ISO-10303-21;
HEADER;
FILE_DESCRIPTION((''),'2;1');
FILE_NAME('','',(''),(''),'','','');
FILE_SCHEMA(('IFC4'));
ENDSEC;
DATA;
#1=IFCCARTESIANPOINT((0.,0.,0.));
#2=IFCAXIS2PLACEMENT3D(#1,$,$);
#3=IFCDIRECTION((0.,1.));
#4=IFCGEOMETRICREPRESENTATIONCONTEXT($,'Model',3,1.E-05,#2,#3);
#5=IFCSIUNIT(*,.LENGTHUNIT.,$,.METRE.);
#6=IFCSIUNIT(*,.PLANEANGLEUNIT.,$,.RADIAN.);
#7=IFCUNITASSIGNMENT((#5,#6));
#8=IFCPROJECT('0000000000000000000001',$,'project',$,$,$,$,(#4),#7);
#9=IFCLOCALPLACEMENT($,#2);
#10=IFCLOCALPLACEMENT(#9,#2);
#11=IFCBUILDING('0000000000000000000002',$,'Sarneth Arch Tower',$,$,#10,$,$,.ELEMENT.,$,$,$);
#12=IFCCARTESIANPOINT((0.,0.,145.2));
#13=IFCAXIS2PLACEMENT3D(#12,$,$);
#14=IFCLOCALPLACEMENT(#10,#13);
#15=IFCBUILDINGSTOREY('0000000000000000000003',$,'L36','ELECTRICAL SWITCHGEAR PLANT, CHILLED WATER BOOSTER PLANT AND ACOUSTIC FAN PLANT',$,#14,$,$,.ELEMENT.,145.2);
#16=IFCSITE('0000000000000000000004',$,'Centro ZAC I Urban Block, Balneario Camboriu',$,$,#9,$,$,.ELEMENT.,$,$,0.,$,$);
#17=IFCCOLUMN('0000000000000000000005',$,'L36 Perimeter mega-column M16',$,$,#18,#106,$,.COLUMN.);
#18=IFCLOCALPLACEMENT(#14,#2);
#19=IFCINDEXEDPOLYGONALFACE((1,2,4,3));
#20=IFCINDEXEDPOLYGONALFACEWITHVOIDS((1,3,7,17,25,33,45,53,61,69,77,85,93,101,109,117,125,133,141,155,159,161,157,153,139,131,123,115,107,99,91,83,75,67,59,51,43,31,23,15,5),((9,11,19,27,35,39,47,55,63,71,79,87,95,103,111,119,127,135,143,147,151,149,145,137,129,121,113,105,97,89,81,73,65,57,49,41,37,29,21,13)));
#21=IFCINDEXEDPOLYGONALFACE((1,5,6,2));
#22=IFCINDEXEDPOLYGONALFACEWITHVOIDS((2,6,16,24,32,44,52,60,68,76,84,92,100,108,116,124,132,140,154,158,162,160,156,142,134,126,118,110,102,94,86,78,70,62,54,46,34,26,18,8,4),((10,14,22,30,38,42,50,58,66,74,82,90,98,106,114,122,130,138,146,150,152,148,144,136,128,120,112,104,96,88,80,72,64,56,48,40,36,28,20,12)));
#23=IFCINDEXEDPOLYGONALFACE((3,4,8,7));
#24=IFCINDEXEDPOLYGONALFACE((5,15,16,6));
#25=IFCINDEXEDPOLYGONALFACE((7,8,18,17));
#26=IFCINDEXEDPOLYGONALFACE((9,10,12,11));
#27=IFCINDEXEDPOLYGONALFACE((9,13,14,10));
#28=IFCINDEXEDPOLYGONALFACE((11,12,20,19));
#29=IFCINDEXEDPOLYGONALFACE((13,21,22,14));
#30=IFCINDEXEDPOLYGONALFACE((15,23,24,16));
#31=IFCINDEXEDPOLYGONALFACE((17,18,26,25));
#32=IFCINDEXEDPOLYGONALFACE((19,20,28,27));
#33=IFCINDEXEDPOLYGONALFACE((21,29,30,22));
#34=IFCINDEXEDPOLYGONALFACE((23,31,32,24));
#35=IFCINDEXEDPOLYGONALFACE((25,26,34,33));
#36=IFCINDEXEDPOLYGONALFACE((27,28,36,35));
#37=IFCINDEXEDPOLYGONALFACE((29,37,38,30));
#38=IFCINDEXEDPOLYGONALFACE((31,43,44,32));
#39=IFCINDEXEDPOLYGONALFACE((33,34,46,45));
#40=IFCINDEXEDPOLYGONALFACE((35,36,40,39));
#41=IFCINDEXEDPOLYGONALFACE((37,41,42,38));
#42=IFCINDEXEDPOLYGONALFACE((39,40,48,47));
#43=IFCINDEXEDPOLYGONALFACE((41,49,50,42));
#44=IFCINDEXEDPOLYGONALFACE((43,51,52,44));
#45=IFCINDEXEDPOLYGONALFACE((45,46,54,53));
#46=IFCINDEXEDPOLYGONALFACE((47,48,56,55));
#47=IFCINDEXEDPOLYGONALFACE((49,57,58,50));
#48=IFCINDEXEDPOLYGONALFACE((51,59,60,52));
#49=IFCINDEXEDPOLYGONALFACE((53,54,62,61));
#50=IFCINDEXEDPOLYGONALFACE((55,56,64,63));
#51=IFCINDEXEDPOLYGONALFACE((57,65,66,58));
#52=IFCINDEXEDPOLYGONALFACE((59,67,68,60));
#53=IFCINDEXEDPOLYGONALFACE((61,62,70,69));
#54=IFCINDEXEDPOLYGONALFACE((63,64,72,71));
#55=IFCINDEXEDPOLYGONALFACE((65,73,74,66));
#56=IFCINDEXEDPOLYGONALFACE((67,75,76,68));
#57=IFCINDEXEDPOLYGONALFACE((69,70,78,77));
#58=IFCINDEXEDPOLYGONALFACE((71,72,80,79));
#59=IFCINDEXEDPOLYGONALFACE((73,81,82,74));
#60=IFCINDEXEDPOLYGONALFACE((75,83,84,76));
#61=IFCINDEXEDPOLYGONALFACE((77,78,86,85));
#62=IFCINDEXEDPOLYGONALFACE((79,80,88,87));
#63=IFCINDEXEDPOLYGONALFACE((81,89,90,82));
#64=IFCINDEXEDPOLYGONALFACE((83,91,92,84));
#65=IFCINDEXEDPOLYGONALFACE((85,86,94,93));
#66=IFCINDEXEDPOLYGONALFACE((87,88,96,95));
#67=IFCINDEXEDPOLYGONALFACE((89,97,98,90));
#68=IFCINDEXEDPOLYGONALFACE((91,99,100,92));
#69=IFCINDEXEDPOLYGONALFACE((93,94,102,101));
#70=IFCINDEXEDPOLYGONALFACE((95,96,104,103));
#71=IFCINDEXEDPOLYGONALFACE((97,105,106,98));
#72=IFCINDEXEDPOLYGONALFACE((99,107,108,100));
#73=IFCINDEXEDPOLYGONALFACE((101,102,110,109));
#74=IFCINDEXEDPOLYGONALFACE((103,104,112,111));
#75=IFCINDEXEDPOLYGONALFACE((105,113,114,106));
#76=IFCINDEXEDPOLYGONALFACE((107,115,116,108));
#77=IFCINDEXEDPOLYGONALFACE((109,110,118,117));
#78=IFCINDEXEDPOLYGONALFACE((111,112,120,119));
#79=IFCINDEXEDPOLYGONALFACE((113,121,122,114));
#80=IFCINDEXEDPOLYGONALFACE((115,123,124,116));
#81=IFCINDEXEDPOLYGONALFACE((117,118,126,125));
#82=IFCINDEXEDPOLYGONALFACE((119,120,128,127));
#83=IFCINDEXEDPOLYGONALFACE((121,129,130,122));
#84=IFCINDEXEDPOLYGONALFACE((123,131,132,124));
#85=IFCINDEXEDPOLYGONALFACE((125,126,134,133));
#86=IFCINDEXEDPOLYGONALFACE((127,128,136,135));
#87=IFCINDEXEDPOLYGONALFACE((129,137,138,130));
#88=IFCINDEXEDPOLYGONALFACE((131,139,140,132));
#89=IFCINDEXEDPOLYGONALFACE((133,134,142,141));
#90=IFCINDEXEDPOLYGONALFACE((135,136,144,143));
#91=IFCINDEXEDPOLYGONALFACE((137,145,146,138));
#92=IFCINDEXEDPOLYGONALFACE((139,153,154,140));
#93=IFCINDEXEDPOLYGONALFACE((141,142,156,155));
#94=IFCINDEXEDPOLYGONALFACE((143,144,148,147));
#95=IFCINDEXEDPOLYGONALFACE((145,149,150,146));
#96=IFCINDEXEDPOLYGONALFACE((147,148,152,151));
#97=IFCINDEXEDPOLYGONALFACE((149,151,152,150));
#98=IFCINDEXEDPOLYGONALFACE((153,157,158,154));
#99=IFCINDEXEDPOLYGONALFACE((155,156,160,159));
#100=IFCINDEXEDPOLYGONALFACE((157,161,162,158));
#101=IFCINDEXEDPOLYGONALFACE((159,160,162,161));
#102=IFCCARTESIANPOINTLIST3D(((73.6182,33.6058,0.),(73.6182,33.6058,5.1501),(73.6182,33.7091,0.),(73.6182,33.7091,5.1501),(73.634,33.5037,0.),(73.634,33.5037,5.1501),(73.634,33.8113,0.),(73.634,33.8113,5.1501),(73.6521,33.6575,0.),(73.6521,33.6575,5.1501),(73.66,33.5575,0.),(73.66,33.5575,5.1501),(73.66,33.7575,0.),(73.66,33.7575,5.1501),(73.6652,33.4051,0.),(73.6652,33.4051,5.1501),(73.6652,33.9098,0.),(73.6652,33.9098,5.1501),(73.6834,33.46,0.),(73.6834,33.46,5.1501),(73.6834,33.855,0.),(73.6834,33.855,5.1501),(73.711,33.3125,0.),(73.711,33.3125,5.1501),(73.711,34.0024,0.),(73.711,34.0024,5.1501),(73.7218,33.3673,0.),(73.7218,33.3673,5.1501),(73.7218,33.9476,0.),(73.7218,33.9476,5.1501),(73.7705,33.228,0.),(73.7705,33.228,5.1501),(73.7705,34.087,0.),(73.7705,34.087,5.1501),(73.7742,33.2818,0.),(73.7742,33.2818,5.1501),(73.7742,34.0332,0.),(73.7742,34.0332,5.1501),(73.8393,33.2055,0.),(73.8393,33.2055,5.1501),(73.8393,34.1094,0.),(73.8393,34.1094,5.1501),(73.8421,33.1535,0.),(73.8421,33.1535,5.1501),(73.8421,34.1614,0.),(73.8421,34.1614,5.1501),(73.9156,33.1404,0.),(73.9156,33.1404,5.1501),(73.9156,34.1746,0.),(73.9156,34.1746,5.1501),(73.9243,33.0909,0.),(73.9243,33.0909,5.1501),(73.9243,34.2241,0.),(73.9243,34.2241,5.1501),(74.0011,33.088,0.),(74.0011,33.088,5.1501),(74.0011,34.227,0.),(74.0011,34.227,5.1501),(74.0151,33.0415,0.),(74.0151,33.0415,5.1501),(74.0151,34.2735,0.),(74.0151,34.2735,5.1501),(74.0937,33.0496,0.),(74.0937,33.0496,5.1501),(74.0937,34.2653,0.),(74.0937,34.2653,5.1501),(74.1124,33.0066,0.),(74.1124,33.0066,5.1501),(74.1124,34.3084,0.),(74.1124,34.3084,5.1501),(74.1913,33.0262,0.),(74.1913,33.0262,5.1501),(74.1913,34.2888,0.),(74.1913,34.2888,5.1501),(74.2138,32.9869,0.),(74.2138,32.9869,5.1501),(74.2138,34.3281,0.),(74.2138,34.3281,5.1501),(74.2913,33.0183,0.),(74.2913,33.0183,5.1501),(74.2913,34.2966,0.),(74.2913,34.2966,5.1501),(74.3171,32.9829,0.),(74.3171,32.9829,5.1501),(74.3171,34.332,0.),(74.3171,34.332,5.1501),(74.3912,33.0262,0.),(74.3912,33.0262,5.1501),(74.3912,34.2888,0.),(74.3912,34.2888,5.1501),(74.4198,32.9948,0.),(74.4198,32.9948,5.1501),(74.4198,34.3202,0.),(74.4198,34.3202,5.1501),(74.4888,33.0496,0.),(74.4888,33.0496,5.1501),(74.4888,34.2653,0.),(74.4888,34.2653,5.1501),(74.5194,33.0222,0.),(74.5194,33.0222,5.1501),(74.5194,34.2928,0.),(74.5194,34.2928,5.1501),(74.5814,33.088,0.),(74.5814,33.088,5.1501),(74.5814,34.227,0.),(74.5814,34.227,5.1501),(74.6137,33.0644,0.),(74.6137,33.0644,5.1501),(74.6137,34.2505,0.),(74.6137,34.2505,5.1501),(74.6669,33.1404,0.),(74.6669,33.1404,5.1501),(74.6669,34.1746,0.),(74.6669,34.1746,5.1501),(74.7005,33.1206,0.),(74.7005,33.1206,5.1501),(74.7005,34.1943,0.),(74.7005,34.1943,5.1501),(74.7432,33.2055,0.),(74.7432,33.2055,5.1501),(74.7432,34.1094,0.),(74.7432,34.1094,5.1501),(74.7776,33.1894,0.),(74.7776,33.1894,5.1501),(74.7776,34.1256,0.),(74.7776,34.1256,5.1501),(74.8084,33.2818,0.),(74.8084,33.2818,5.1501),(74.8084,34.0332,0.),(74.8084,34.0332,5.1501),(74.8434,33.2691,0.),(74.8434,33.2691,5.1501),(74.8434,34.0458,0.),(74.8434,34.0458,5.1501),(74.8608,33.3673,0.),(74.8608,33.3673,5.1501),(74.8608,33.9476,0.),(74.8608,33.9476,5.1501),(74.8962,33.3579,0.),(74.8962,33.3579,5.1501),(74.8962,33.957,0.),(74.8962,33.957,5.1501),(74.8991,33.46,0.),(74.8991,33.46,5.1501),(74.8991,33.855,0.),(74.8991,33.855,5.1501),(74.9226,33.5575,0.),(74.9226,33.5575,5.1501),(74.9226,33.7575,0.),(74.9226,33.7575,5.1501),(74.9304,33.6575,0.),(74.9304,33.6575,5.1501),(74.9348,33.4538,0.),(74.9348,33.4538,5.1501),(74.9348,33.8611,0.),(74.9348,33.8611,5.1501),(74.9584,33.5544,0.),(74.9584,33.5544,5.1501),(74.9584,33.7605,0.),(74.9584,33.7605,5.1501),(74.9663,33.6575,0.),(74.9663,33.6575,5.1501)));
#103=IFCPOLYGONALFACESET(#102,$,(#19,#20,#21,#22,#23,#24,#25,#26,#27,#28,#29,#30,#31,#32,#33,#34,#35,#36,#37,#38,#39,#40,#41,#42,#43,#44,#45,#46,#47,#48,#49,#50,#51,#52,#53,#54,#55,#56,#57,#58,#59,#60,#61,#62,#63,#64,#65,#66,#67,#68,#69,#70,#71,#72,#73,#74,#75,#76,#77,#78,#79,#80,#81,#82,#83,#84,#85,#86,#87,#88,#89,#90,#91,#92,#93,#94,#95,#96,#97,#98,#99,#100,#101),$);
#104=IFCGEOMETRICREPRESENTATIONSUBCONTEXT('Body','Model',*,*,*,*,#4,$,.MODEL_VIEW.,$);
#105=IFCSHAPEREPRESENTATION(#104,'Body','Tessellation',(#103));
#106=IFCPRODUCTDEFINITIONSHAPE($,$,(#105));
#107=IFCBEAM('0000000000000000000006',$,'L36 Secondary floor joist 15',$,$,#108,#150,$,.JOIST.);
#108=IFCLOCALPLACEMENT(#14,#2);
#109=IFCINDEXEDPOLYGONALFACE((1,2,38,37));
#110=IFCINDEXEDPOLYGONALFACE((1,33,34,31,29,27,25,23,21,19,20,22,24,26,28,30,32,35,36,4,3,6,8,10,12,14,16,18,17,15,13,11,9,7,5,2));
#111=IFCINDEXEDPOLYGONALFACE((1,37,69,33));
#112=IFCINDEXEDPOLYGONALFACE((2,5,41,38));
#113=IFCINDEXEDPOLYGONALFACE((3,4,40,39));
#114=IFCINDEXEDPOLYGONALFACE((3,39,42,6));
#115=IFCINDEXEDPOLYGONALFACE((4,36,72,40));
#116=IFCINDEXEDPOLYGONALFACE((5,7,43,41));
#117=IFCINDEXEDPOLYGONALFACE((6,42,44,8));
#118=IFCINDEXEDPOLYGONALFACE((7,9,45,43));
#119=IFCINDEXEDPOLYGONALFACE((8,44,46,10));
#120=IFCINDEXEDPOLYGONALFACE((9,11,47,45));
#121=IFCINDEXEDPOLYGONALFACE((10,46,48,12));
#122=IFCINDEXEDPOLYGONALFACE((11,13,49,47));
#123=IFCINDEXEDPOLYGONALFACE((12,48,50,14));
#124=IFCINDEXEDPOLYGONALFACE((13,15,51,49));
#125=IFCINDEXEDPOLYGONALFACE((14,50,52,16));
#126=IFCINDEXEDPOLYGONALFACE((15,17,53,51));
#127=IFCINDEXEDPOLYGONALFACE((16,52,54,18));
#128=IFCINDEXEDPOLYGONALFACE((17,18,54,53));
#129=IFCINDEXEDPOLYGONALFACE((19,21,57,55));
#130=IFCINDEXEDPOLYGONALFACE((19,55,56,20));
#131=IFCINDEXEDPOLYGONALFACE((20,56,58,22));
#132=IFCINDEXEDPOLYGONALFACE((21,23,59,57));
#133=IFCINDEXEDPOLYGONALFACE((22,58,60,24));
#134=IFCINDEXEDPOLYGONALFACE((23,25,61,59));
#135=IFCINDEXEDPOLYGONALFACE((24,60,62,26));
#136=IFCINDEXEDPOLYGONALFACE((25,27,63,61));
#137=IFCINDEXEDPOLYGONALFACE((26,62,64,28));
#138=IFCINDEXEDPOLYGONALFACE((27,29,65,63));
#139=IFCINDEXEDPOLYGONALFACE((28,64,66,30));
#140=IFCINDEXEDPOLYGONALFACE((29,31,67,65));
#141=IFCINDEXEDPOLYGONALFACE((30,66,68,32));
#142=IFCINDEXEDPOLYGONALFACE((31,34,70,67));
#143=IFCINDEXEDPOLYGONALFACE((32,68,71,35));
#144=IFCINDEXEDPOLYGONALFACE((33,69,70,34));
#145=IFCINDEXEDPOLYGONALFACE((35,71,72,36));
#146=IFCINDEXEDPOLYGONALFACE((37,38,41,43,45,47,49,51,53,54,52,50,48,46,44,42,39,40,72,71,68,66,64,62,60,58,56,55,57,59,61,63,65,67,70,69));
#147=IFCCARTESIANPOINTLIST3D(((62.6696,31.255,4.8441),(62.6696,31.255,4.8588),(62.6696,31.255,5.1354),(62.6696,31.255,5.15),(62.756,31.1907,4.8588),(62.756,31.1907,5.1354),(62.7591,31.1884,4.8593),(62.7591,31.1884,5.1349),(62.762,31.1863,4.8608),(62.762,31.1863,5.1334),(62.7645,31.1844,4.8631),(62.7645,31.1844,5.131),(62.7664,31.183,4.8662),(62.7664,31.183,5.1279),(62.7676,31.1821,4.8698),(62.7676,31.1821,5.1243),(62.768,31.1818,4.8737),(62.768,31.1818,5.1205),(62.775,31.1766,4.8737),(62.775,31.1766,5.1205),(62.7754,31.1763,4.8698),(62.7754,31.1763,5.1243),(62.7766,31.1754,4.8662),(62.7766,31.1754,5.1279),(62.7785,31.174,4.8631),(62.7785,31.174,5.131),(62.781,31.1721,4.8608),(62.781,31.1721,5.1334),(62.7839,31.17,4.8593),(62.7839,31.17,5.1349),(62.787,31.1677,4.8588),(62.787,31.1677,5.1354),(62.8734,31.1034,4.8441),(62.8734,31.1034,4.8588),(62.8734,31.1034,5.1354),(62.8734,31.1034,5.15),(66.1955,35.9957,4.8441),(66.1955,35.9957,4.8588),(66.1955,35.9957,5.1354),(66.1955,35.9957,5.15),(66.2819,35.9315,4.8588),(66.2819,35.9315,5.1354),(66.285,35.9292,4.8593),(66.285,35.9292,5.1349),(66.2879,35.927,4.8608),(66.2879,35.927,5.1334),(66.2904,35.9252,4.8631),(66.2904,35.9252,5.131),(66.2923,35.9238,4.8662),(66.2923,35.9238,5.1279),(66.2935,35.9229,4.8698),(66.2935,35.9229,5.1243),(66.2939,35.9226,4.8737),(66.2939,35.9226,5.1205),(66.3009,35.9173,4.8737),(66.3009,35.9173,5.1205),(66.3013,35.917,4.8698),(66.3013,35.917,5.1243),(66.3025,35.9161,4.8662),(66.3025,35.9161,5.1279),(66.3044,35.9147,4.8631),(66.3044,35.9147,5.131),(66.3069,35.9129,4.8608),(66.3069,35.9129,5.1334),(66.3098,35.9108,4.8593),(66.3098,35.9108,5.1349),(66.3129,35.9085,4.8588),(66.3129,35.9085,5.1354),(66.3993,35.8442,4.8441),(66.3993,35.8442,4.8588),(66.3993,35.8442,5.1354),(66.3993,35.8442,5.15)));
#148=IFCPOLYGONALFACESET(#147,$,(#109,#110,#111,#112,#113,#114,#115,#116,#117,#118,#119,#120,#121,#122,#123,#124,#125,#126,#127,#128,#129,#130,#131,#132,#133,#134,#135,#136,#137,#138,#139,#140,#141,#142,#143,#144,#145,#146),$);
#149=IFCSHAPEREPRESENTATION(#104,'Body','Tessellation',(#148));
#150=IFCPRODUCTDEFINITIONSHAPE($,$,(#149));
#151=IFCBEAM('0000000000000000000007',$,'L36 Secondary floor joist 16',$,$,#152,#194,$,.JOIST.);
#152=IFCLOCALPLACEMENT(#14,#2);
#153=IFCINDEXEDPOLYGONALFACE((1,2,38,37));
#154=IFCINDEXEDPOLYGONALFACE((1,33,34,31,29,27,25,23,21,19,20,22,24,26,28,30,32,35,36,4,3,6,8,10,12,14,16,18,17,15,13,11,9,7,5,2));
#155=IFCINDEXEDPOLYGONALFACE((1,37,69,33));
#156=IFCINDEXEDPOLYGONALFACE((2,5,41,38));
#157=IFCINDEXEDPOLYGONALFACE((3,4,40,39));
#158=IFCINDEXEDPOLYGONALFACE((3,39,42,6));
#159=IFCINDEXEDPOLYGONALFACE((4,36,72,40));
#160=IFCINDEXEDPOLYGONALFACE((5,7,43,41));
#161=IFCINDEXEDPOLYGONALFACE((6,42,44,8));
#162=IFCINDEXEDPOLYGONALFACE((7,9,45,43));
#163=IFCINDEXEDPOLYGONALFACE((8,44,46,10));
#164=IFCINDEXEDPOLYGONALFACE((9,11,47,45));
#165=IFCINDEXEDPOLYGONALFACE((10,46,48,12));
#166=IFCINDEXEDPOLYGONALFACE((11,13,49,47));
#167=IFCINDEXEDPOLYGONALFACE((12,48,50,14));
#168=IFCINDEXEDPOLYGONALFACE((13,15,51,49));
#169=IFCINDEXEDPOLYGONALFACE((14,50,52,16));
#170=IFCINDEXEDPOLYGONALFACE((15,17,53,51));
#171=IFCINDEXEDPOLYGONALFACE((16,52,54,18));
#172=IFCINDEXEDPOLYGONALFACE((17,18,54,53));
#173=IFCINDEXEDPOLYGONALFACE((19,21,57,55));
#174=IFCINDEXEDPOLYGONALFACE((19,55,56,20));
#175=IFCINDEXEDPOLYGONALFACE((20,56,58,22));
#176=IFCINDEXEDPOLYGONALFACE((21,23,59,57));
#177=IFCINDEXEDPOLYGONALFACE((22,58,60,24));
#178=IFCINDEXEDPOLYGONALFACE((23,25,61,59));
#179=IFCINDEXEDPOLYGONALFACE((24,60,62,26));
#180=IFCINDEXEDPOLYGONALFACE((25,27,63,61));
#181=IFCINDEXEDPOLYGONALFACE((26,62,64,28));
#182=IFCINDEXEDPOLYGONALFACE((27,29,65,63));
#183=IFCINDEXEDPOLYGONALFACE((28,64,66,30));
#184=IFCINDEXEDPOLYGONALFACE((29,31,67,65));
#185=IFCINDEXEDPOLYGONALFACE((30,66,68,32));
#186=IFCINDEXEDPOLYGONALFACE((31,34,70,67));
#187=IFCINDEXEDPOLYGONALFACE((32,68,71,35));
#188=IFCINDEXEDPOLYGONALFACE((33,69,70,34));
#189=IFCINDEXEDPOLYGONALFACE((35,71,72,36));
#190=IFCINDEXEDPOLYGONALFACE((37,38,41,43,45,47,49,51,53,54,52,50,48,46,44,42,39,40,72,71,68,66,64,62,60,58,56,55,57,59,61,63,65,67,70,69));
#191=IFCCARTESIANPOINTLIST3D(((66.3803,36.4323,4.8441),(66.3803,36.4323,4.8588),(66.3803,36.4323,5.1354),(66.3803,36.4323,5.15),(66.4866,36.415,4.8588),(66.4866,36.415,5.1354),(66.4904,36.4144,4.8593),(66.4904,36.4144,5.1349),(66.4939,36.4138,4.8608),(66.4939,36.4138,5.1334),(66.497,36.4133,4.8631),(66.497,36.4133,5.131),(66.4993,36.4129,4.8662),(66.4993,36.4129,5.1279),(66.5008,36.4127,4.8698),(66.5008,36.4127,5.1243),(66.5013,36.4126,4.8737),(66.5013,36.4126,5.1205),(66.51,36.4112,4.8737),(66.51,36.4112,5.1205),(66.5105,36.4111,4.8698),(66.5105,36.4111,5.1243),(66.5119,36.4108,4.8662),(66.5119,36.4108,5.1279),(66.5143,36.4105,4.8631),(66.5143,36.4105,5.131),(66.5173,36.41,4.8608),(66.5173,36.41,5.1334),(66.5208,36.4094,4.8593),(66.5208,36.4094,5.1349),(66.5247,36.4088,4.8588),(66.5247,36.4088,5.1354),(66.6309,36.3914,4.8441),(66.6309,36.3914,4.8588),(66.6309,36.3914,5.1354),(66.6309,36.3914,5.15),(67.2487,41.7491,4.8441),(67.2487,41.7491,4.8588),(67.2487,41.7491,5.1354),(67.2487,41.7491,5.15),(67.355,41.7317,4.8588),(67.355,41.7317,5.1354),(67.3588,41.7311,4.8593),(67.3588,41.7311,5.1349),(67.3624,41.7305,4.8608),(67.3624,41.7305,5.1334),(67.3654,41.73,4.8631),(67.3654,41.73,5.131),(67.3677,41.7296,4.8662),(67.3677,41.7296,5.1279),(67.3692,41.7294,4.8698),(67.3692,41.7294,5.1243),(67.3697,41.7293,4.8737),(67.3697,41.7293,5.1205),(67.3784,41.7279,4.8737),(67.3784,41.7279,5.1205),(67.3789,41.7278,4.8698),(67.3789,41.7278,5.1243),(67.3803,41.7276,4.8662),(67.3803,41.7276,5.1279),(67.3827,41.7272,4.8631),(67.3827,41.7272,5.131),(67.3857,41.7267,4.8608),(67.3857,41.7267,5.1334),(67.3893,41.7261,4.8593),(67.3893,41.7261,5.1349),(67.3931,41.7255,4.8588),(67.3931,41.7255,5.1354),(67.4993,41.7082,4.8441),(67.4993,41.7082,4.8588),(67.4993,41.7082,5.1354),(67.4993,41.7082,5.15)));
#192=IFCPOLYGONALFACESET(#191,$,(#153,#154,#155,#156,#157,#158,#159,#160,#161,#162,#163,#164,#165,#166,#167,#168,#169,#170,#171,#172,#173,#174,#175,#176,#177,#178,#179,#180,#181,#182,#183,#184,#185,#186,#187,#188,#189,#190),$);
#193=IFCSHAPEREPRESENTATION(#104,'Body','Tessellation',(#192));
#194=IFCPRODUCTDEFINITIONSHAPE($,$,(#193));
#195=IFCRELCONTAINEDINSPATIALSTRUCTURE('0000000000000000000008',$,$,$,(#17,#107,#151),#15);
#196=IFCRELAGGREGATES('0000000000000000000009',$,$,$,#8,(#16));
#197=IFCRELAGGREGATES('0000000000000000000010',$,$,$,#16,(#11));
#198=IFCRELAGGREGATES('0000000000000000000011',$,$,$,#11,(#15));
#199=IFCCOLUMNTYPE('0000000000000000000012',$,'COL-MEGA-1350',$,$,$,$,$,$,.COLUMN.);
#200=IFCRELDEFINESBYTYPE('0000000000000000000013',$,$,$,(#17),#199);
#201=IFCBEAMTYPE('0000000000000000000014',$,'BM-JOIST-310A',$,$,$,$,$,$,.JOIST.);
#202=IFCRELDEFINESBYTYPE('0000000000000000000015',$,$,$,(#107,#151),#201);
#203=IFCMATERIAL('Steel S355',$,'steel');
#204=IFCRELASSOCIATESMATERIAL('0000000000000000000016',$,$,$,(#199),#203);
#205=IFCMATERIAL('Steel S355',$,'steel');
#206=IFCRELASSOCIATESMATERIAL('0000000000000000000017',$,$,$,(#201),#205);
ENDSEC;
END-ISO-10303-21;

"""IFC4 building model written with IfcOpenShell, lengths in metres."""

from ifc_helpers import new_model, si_unit, direction, frame, origin, origin_2d, place, context, subcontext, project, spatial, hollow_circle, i_section, extrude, material, material_profile, profile_set, type_object, element, save


model = new_model("IFC4")

# Units and contexts
model_context = context("Model", 3, precision=1e-05, world=origin(), true_north=direction((0.0, 1.0)))
body_context = subcontext(model_context, "Body", "Model", "MODEL_VIEW")
ifc_project = project(units=[si_unit("LENGTHUNIT", "METRE"), si_unit("PLANEANGLEUNIT", "RADIAN")], contexts=[model_context])

# Site, building, storey
site_placement = place(None, origin())
site = spatial("IfcSite", under=ifc_project, at=site_placement, Name="Centro ZAC I Urban Block, Balneario Camboriu", CompositionType="ELEMENT", RefElevation=0.0)
building_placement = place(site_placement, origin())
building = spatial("IfcBuilding", under=site, at=building_placement, Name="Sarneth Arch Tower", CompositionType="ELEMENT")
storey_placement = place(building_placement, frame((0.0, 0.0, 145.2)))
storey = spatial("IfcBuildingStorey", under=building, at=storey_placement, Name="L36", Description="ELECTRICAL SWITCHGEAR PLANT, CHILLED WATER BOOSTER PLANT AND ACOUSTIC FAN PLANT", CompositionType="ELEMENT", Elevation=145.2)

# Column
ifc_material_1 = material(Name="Steel S355", Category="steel")
ifc_material_profile_1 = material_profile(ifc_material_1, hollow_circle(Radius=0.675, WallThickness=0.0359, at=origin_2d()), Name="CHS1350x36")
ifc_profile_set_1 = profile_set([ifc_material_profile_1], Name="Steel S355")
column_type = type_object("IfcColumnType", Name="COL-MEGA-1350", PredefinedType="COLUMN", material=ifc_profile_set_1)
column_placement = place(storey_placement, frame((74.2913, 33.6575, 0.0), z_axis=(0.0, 0.0, 1.0), x_axis=(1.0, 0.0, 0.0)))
element("IfcColumn", 1, at=column_placement, inside=storey, type_object=column_type, Name="L36 Perimeter mega-column M16", PredefinedType="COLUMN", context=body_context, shape_type="SweptSolid", body=[
    extrude(hollow_circle(Radius=0.675, WallThickness=0.0359, at=origin_2d()), origin(), (0.0, 0.0, 1.0), 5.1501),
])

# Beams
ifc_material_2 = material(Name="Steel S355", Category="steel")
ifc_material_profile_2 = material_profile(ifc_material_2, i_section(OverallWidth=0.2539, OverallDepth=0.3059, WebThickness=0.0088, FlangeThickness=0.0146, FilletRadius=0.0149, at=origin_2d()), Name="W310x79")
ifc_profile_set_2 = profile_set([ifc_material_profile_2], Name="Steel S355")
beam_type_1 = type_object("IfcBeamType", Name="BM-JOIST-310A", PredefinedType="JOIST", material=ifc_profile_set_2)
beam_1_placement = place(storey_placement, frame((62.7715, 31.1792, 4.9971), z_axis=(0.596782, 0.802403, 0.0), x_axis=(-0.802403, 0.596782, 0.0)))
element("IfcBeam", 2, at=beam_1_placement, inside=storey, type_object=beam_type_1, Name="L36 Secondary floor joist 15", PredefinedType="JOIST", context=body_context, shape_type="SweptSolid", body=[
    extrude(i_section(OverallWidth=0.2539, OverallDepth=0.3059, WebThickness=0.0088, FlangeThickness=0.0146, FilletRadius=0.0149, at=origin_2d()), origin(), (0.0, 0.0, 1.0), 5.9082),
])
beam_2_placement = place(storey_placement, frame((66.5056, 36.4119, 4.9971), z_axis=(0.161201, 0.986922, 0.0), x_axis=(-0.986922, 0.161201, 0.0)))
element("IfcBeam", 3, at=beam_2_placement, inside=storey, type_object=beam_type_1, Name="L36 Secondary floor joist 16", PredefinedType="JOIST", context=body_context, shape_type="SweptSolid", body=[
    extrude(i_section(OverallWidth=0.2539, OverallDepth=0.3059, WebThickness=0.0088, FlangeThickness=0.0146, FilletRadius=0.0149, at=origin_2d()), origin(), (0.0, 0.0, 1.0), 5.3872),
])

save(model, "model.ifc")
